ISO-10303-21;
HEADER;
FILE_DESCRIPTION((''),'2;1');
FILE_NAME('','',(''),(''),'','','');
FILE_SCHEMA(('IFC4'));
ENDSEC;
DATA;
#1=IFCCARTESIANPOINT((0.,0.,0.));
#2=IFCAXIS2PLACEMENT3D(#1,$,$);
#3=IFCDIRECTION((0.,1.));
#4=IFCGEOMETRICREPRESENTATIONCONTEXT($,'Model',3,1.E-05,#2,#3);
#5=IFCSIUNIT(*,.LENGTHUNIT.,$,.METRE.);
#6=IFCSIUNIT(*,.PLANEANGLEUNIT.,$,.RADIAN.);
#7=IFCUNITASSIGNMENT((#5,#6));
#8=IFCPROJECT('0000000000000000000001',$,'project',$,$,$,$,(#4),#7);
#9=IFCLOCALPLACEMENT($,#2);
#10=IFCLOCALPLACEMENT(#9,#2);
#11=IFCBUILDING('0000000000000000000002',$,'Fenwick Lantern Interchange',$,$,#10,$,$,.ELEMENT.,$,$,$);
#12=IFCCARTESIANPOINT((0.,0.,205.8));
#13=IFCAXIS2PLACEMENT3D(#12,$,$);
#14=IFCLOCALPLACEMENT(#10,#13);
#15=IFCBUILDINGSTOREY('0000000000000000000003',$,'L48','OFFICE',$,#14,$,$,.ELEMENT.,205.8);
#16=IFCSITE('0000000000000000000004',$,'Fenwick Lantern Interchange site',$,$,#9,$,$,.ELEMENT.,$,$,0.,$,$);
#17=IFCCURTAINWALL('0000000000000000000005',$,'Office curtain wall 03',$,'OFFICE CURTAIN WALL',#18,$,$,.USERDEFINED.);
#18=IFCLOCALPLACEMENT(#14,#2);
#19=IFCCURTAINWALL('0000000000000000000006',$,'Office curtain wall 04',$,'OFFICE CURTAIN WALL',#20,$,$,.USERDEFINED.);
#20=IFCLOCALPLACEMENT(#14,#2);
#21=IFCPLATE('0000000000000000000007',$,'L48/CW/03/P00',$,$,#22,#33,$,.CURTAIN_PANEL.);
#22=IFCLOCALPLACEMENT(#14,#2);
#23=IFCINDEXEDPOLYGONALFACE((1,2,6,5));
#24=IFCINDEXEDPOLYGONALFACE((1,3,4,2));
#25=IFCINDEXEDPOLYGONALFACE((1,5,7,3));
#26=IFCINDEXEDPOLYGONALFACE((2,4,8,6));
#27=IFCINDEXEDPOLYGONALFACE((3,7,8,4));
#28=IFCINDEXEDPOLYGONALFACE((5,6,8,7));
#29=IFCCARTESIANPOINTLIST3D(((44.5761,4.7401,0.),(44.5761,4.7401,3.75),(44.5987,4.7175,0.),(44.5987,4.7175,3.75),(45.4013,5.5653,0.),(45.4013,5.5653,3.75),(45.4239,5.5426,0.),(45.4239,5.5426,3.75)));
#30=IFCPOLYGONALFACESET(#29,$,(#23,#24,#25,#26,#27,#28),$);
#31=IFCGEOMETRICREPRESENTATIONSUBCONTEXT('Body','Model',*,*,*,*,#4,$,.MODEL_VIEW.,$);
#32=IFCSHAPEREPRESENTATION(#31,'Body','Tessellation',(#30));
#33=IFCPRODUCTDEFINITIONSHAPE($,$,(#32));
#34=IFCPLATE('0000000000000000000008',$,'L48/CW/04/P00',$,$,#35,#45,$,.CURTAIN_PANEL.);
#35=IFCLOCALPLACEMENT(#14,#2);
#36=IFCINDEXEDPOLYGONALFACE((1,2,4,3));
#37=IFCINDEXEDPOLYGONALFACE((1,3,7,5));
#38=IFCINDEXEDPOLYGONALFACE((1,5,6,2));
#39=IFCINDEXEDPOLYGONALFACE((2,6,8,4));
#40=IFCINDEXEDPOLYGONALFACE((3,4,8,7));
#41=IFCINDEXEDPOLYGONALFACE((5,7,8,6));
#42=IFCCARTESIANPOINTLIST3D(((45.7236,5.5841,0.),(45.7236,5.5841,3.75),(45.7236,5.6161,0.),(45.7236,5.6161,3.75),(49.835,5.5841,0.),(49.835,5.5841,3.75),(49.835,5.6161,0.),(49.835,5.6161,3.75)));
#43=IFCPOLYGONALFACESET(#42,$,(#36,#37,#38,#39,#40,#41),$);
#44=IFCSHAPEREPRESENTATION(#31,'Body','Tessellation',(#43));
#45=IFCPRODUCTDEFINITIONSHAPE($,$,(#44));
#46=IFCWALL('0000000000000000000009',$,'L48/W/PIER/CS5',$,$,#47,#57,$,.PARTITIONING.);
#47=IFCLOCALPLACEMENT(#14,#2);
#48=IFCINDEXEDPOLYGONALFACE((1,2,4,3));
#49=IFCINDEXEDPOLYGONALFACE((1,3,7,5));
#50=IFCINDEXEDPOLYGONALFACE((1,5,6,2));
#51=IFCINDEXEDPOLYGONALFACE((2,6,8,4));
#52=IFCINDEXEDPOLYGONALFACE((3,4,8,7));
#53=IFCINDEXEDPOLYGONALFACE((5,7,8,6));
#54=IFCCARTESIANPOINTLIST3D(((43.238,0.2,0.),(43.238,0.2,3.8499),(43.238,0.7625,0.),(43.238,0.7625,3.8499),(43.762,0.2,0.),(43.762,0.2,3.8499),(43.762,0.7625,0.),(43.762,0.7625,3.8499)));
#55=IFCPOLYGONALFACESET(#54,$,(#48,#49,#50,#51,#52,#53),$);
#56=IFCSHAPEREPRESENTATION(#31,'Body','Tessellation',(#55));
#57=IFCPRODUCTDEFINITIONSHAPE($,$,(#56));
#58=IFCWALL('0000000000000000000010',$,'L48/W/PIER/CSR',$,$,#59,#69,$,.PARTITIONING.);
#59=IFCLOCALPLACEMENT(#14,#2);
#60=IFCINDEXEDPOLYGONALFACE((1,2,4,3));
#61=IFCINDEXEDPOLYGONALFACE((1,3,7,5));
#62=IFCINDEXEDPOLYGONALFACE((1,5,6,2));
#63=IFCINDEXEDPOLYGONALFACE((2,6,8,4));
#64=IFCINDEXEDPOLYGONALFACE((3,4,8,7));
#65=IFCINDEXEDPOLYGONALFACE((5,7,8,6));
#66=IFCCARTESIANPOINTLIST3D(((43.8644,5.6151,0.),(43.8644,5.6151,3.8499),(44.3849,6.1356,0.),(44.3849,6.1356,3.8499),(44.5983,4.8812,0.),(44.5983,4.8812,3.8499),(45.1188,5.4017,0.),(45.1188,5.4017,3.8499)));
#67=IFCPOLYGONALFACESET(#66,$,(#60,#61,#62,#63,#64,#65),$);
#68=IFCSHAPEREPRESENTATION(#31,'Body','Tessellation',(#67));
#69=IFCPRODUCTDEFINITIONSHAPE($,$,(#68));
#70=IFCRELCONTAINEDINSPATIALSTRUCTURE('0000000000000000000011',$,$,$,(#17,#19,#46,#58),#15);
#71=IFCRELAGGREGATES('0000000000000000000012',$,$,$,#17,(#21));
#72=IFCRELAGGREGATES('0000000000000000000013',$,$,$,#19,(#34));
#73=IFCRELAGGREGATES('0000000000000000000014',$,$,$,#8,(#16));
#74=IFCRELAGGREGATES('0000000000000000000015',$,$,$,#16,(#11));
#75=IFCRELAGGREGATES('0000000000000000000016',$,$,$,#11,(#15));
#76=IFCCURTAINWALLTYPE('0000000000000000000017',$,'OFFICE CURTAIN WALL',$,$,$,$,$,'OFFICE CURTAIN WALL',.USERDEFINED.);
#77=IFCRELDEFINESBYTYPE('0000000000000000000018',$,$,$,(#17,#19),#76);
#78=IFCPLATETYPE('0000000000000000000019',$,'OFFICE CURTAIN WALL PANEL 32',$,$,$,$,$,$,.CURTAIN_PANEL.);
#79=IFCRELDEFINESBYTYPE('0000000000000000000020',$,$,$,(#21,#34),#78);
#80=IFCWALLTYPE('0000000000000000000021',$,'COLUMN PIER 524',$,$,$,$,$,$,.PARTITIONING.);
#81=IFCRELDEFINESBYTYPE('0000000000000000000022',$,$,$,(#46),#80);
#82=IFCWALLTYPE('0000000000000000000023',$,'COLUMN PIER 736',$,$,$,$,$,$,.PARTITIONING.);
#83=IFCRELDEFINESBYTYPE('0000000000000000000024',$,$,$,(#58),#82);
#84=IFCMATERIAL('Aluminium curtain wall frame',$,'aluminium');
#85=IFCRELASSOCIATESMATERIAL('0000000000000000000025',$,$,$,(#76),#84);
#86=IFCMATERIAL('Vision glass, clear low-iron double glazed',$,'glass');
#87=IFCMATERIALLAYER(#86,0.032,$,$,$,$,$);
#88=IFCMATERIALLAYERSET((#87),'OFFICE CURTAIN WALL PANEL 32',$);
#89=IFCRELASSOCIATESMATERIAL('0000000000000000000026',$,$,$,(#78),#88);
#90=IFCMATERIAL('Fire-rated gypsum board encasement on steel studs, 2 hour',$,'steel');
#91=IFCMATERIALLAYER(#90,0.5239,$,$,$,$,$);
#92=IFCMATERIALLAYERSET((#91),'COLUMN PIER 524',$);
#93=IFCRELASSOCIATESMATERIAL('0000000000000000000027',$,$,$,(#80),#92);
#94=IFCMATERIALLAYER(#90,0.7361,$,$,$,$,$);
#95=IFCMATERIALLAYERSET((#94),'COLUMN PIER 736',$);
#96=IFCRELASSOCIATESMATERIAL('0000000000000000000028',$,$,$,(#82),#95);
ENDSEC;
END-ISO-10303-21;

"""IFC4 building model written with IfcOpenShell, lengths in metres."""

from ifc_helpers import new_model, si_unit, direction, frame, frame_2d, origin, origin_2d, place, context, subcontext, project, spatial, rectangle, extrude, material, layer, layer_set, type_object, element, aggregate, save


model = new_model("IFC4")

# Units and contexts
model_context = context("Model", 3, precision=1e-05, world=origin(), true_north=direction((0.0, 1.0)))
body_context = subcontext(model_context, "Body", "Model", "MODEL_VIEW")
ifc_project = project(units=[si_unit("LENGTHUNIT", "METRE"), si_unit("PLANEANGLEUNIT", "RADIAN")], contexts=[model_context])

# Site, building, storey
site_placement = place(None, origin())
site = spatial("IfcSite", under=ifc_project, at=site_placement, Name="Fenwick Lantern Interchange site", CompositionType="ELEMENT", RefElevation=0.0)
building_placement = place(site_placement, origin())
building = spatial("IfcBuilding", under=site, at=building_placement, Name="Fenwick Lantern Interchange", CompositionType="ELEMENT")
storey_placement = place(building_placement, frame((0.0, 0.0, 205.8)))
storey = spatial("IfcBuildingStorey", under=building, at=storey_placement, Name="L48", Description="OFFICE", CompositionType="ELEMENT", Elevation=205.8)

# Shared definitions
ifc_material_1 = material(Name="Aluminium curtain wall frame", Category="aluminium")
curtain_wall_type = type_object("IfcCurtainWallType", Name="OFFICE CURTAIN WALL", ElementType="OFFICE CURTAIN WALL", PredefinedType="USERDEFINED", material=ifc_material_1)

# Curtain walls
curtain_wall_1_placement = place(storey_placement, origin())
curtain_wall_1 = element("IfcCurtainWall", 1, at=curtain_wall_1_placement, inside=storey, type_object=curtain_wall_type, Name="Office curtain wall 03", ObjectType="OFFICE CURTAIN WALL", PredefinedType="USERDEFINED")
curtain_wall_2_placement = place(storey_placement, origin())
curtain_wall_2 = element("IfcCurtainWall", 2, at=curtain_wall_2_placement, inside=storey, type_object=curtain_wall_type, Name="Office curtain wall 04", ObjectType="OFFICE CURTAIN WALL", PredefinedType="USERDEFINED")

# Plates
ifc_material_2 = material(Name="Vision glass, clear low-iron double glazed", Category="glass")
ifc_layer_1 = layer(ifc_material_2, 0.032)
ifc_layer_set_1 = layer_set([ifc_layer_1], Name="OFFICE CURTAIN WALL PANEL 32")
plate_type = type_object("IfcPlateType", Name="OFFICE CURTAIN WALL PANEL 32", PredefinedType="CURTAIN_PANEL", material=ifc_layer_set_1)
plate_1_placement = place(storey_placement, frame((45.0, 5.1414, 0.0), z_axis=(0.0, 0.0, 1.0), x_axis=(0.707107, 0.707107, 0.0)))
plate_1 = element("IfcPlate", 3, at=plate_1_placement, type_object=plate_type, Name="L48/CW/03/P00", PredefinedType="CURTAIN_PANEL", context=body_context, shape_type="SweptSolid", body=[
    extrude(rectangle(XDim=1.167, YDim=0.032, at=origin_2d()), origin(), (0.0, 0.0, 1.0), 3.75),
])
aggregate(curtain_wall_1, [plate_1])
plate_2_placement = place(storey_placement, frame((47.7793, 5.6001, 0.0), z_axis=(0.0, 0.0, 1.0), x_axis=(1.0, 0.0, 0.0)))
plate_2 = element("IfcPlate", 4, at=plate_2_placement, type_object=plate_type, Name="L48/CW/04/P00", PredefinedType="CURTAIN_PANEL", context=body_context, shape_type="SweptSolid", body=[
    extrude(rectangle(XDim=4.1113, YDim=0.032, at=origin_2d()), origin(), (0.0, 0.0, 1.0), 3.75),
])
aggregate(curtain_wall_2, [plate_2])

# Walls
ifc_material_3 = material(Name="Fire-rated gypsum board encasement on steel studs, 2 hour", Category="steel")
ifc_layer_2 = layer(ifc_material_3, 0.5239)
ifc_layer_set_2 = layer_set([ifc_layer_2], Name="COLUMN PIER 524")
wall_type_1 = type_object("IfcWallType", Name="COLUMN PIER 524", PredefinedType="PARTITIONING", material=ifc_layer_set_2)
wall_1_placement = place(storey_placement, frame((43.5, 0.2, 0.0), z_axis=(0.0, 0.0, 1.0), x_axis=(0.0, 1.0, 0.0)))
element("IfcWall", 5, at=wall_1_placement, inside=storey, type_object=wall_type_1, Name="L48/W/PIER/CS5", PredefinedType="PARTITIONING", context=body_context, shape_type="SweptSolid", body=[
    extrude(rectangle(XDim=0.5625, YDim=0.5239, at=frame_2d((0.2812, 0.0))), origin(), (0.0, 0.0, 1.0), 3.8499),
])
ifc_layer_3 = layer(ifc_material_3, 0.7361)
ifc_layer_set_3 = layer_set([ifc_layer_3], Name="COLUMN PIER 736")
wall_type_2 = type_object("IfcWallType", Name="COLUMN PIER 736", PredefinedType="PARTITIONING", material=ifc_layer_set_3)
wall_2_placement = place(storey_placement, frame((44.8586, 5.1414, 0.0), z_axis=(0.0, 0.0, 1.0), x_axis=(-0.707107, 0.707107, 0.0)))
element("IfcWall", 6, at=wall_2_placement, inside=storey, type_object=wall_type_2, Name="L48/W/PIER/CSR", PredefinedType="PARTITIONING", context=body_context, shape_type="SweptSolid", body=[
    extrude(rectangle(XDim=1.0378, YDim=0.7361, at=frame_2d((0.519, 0.0))), origin(), (0.0, 0.0, 1.0), 3.8499),
])

save(model, "model.ifc")
